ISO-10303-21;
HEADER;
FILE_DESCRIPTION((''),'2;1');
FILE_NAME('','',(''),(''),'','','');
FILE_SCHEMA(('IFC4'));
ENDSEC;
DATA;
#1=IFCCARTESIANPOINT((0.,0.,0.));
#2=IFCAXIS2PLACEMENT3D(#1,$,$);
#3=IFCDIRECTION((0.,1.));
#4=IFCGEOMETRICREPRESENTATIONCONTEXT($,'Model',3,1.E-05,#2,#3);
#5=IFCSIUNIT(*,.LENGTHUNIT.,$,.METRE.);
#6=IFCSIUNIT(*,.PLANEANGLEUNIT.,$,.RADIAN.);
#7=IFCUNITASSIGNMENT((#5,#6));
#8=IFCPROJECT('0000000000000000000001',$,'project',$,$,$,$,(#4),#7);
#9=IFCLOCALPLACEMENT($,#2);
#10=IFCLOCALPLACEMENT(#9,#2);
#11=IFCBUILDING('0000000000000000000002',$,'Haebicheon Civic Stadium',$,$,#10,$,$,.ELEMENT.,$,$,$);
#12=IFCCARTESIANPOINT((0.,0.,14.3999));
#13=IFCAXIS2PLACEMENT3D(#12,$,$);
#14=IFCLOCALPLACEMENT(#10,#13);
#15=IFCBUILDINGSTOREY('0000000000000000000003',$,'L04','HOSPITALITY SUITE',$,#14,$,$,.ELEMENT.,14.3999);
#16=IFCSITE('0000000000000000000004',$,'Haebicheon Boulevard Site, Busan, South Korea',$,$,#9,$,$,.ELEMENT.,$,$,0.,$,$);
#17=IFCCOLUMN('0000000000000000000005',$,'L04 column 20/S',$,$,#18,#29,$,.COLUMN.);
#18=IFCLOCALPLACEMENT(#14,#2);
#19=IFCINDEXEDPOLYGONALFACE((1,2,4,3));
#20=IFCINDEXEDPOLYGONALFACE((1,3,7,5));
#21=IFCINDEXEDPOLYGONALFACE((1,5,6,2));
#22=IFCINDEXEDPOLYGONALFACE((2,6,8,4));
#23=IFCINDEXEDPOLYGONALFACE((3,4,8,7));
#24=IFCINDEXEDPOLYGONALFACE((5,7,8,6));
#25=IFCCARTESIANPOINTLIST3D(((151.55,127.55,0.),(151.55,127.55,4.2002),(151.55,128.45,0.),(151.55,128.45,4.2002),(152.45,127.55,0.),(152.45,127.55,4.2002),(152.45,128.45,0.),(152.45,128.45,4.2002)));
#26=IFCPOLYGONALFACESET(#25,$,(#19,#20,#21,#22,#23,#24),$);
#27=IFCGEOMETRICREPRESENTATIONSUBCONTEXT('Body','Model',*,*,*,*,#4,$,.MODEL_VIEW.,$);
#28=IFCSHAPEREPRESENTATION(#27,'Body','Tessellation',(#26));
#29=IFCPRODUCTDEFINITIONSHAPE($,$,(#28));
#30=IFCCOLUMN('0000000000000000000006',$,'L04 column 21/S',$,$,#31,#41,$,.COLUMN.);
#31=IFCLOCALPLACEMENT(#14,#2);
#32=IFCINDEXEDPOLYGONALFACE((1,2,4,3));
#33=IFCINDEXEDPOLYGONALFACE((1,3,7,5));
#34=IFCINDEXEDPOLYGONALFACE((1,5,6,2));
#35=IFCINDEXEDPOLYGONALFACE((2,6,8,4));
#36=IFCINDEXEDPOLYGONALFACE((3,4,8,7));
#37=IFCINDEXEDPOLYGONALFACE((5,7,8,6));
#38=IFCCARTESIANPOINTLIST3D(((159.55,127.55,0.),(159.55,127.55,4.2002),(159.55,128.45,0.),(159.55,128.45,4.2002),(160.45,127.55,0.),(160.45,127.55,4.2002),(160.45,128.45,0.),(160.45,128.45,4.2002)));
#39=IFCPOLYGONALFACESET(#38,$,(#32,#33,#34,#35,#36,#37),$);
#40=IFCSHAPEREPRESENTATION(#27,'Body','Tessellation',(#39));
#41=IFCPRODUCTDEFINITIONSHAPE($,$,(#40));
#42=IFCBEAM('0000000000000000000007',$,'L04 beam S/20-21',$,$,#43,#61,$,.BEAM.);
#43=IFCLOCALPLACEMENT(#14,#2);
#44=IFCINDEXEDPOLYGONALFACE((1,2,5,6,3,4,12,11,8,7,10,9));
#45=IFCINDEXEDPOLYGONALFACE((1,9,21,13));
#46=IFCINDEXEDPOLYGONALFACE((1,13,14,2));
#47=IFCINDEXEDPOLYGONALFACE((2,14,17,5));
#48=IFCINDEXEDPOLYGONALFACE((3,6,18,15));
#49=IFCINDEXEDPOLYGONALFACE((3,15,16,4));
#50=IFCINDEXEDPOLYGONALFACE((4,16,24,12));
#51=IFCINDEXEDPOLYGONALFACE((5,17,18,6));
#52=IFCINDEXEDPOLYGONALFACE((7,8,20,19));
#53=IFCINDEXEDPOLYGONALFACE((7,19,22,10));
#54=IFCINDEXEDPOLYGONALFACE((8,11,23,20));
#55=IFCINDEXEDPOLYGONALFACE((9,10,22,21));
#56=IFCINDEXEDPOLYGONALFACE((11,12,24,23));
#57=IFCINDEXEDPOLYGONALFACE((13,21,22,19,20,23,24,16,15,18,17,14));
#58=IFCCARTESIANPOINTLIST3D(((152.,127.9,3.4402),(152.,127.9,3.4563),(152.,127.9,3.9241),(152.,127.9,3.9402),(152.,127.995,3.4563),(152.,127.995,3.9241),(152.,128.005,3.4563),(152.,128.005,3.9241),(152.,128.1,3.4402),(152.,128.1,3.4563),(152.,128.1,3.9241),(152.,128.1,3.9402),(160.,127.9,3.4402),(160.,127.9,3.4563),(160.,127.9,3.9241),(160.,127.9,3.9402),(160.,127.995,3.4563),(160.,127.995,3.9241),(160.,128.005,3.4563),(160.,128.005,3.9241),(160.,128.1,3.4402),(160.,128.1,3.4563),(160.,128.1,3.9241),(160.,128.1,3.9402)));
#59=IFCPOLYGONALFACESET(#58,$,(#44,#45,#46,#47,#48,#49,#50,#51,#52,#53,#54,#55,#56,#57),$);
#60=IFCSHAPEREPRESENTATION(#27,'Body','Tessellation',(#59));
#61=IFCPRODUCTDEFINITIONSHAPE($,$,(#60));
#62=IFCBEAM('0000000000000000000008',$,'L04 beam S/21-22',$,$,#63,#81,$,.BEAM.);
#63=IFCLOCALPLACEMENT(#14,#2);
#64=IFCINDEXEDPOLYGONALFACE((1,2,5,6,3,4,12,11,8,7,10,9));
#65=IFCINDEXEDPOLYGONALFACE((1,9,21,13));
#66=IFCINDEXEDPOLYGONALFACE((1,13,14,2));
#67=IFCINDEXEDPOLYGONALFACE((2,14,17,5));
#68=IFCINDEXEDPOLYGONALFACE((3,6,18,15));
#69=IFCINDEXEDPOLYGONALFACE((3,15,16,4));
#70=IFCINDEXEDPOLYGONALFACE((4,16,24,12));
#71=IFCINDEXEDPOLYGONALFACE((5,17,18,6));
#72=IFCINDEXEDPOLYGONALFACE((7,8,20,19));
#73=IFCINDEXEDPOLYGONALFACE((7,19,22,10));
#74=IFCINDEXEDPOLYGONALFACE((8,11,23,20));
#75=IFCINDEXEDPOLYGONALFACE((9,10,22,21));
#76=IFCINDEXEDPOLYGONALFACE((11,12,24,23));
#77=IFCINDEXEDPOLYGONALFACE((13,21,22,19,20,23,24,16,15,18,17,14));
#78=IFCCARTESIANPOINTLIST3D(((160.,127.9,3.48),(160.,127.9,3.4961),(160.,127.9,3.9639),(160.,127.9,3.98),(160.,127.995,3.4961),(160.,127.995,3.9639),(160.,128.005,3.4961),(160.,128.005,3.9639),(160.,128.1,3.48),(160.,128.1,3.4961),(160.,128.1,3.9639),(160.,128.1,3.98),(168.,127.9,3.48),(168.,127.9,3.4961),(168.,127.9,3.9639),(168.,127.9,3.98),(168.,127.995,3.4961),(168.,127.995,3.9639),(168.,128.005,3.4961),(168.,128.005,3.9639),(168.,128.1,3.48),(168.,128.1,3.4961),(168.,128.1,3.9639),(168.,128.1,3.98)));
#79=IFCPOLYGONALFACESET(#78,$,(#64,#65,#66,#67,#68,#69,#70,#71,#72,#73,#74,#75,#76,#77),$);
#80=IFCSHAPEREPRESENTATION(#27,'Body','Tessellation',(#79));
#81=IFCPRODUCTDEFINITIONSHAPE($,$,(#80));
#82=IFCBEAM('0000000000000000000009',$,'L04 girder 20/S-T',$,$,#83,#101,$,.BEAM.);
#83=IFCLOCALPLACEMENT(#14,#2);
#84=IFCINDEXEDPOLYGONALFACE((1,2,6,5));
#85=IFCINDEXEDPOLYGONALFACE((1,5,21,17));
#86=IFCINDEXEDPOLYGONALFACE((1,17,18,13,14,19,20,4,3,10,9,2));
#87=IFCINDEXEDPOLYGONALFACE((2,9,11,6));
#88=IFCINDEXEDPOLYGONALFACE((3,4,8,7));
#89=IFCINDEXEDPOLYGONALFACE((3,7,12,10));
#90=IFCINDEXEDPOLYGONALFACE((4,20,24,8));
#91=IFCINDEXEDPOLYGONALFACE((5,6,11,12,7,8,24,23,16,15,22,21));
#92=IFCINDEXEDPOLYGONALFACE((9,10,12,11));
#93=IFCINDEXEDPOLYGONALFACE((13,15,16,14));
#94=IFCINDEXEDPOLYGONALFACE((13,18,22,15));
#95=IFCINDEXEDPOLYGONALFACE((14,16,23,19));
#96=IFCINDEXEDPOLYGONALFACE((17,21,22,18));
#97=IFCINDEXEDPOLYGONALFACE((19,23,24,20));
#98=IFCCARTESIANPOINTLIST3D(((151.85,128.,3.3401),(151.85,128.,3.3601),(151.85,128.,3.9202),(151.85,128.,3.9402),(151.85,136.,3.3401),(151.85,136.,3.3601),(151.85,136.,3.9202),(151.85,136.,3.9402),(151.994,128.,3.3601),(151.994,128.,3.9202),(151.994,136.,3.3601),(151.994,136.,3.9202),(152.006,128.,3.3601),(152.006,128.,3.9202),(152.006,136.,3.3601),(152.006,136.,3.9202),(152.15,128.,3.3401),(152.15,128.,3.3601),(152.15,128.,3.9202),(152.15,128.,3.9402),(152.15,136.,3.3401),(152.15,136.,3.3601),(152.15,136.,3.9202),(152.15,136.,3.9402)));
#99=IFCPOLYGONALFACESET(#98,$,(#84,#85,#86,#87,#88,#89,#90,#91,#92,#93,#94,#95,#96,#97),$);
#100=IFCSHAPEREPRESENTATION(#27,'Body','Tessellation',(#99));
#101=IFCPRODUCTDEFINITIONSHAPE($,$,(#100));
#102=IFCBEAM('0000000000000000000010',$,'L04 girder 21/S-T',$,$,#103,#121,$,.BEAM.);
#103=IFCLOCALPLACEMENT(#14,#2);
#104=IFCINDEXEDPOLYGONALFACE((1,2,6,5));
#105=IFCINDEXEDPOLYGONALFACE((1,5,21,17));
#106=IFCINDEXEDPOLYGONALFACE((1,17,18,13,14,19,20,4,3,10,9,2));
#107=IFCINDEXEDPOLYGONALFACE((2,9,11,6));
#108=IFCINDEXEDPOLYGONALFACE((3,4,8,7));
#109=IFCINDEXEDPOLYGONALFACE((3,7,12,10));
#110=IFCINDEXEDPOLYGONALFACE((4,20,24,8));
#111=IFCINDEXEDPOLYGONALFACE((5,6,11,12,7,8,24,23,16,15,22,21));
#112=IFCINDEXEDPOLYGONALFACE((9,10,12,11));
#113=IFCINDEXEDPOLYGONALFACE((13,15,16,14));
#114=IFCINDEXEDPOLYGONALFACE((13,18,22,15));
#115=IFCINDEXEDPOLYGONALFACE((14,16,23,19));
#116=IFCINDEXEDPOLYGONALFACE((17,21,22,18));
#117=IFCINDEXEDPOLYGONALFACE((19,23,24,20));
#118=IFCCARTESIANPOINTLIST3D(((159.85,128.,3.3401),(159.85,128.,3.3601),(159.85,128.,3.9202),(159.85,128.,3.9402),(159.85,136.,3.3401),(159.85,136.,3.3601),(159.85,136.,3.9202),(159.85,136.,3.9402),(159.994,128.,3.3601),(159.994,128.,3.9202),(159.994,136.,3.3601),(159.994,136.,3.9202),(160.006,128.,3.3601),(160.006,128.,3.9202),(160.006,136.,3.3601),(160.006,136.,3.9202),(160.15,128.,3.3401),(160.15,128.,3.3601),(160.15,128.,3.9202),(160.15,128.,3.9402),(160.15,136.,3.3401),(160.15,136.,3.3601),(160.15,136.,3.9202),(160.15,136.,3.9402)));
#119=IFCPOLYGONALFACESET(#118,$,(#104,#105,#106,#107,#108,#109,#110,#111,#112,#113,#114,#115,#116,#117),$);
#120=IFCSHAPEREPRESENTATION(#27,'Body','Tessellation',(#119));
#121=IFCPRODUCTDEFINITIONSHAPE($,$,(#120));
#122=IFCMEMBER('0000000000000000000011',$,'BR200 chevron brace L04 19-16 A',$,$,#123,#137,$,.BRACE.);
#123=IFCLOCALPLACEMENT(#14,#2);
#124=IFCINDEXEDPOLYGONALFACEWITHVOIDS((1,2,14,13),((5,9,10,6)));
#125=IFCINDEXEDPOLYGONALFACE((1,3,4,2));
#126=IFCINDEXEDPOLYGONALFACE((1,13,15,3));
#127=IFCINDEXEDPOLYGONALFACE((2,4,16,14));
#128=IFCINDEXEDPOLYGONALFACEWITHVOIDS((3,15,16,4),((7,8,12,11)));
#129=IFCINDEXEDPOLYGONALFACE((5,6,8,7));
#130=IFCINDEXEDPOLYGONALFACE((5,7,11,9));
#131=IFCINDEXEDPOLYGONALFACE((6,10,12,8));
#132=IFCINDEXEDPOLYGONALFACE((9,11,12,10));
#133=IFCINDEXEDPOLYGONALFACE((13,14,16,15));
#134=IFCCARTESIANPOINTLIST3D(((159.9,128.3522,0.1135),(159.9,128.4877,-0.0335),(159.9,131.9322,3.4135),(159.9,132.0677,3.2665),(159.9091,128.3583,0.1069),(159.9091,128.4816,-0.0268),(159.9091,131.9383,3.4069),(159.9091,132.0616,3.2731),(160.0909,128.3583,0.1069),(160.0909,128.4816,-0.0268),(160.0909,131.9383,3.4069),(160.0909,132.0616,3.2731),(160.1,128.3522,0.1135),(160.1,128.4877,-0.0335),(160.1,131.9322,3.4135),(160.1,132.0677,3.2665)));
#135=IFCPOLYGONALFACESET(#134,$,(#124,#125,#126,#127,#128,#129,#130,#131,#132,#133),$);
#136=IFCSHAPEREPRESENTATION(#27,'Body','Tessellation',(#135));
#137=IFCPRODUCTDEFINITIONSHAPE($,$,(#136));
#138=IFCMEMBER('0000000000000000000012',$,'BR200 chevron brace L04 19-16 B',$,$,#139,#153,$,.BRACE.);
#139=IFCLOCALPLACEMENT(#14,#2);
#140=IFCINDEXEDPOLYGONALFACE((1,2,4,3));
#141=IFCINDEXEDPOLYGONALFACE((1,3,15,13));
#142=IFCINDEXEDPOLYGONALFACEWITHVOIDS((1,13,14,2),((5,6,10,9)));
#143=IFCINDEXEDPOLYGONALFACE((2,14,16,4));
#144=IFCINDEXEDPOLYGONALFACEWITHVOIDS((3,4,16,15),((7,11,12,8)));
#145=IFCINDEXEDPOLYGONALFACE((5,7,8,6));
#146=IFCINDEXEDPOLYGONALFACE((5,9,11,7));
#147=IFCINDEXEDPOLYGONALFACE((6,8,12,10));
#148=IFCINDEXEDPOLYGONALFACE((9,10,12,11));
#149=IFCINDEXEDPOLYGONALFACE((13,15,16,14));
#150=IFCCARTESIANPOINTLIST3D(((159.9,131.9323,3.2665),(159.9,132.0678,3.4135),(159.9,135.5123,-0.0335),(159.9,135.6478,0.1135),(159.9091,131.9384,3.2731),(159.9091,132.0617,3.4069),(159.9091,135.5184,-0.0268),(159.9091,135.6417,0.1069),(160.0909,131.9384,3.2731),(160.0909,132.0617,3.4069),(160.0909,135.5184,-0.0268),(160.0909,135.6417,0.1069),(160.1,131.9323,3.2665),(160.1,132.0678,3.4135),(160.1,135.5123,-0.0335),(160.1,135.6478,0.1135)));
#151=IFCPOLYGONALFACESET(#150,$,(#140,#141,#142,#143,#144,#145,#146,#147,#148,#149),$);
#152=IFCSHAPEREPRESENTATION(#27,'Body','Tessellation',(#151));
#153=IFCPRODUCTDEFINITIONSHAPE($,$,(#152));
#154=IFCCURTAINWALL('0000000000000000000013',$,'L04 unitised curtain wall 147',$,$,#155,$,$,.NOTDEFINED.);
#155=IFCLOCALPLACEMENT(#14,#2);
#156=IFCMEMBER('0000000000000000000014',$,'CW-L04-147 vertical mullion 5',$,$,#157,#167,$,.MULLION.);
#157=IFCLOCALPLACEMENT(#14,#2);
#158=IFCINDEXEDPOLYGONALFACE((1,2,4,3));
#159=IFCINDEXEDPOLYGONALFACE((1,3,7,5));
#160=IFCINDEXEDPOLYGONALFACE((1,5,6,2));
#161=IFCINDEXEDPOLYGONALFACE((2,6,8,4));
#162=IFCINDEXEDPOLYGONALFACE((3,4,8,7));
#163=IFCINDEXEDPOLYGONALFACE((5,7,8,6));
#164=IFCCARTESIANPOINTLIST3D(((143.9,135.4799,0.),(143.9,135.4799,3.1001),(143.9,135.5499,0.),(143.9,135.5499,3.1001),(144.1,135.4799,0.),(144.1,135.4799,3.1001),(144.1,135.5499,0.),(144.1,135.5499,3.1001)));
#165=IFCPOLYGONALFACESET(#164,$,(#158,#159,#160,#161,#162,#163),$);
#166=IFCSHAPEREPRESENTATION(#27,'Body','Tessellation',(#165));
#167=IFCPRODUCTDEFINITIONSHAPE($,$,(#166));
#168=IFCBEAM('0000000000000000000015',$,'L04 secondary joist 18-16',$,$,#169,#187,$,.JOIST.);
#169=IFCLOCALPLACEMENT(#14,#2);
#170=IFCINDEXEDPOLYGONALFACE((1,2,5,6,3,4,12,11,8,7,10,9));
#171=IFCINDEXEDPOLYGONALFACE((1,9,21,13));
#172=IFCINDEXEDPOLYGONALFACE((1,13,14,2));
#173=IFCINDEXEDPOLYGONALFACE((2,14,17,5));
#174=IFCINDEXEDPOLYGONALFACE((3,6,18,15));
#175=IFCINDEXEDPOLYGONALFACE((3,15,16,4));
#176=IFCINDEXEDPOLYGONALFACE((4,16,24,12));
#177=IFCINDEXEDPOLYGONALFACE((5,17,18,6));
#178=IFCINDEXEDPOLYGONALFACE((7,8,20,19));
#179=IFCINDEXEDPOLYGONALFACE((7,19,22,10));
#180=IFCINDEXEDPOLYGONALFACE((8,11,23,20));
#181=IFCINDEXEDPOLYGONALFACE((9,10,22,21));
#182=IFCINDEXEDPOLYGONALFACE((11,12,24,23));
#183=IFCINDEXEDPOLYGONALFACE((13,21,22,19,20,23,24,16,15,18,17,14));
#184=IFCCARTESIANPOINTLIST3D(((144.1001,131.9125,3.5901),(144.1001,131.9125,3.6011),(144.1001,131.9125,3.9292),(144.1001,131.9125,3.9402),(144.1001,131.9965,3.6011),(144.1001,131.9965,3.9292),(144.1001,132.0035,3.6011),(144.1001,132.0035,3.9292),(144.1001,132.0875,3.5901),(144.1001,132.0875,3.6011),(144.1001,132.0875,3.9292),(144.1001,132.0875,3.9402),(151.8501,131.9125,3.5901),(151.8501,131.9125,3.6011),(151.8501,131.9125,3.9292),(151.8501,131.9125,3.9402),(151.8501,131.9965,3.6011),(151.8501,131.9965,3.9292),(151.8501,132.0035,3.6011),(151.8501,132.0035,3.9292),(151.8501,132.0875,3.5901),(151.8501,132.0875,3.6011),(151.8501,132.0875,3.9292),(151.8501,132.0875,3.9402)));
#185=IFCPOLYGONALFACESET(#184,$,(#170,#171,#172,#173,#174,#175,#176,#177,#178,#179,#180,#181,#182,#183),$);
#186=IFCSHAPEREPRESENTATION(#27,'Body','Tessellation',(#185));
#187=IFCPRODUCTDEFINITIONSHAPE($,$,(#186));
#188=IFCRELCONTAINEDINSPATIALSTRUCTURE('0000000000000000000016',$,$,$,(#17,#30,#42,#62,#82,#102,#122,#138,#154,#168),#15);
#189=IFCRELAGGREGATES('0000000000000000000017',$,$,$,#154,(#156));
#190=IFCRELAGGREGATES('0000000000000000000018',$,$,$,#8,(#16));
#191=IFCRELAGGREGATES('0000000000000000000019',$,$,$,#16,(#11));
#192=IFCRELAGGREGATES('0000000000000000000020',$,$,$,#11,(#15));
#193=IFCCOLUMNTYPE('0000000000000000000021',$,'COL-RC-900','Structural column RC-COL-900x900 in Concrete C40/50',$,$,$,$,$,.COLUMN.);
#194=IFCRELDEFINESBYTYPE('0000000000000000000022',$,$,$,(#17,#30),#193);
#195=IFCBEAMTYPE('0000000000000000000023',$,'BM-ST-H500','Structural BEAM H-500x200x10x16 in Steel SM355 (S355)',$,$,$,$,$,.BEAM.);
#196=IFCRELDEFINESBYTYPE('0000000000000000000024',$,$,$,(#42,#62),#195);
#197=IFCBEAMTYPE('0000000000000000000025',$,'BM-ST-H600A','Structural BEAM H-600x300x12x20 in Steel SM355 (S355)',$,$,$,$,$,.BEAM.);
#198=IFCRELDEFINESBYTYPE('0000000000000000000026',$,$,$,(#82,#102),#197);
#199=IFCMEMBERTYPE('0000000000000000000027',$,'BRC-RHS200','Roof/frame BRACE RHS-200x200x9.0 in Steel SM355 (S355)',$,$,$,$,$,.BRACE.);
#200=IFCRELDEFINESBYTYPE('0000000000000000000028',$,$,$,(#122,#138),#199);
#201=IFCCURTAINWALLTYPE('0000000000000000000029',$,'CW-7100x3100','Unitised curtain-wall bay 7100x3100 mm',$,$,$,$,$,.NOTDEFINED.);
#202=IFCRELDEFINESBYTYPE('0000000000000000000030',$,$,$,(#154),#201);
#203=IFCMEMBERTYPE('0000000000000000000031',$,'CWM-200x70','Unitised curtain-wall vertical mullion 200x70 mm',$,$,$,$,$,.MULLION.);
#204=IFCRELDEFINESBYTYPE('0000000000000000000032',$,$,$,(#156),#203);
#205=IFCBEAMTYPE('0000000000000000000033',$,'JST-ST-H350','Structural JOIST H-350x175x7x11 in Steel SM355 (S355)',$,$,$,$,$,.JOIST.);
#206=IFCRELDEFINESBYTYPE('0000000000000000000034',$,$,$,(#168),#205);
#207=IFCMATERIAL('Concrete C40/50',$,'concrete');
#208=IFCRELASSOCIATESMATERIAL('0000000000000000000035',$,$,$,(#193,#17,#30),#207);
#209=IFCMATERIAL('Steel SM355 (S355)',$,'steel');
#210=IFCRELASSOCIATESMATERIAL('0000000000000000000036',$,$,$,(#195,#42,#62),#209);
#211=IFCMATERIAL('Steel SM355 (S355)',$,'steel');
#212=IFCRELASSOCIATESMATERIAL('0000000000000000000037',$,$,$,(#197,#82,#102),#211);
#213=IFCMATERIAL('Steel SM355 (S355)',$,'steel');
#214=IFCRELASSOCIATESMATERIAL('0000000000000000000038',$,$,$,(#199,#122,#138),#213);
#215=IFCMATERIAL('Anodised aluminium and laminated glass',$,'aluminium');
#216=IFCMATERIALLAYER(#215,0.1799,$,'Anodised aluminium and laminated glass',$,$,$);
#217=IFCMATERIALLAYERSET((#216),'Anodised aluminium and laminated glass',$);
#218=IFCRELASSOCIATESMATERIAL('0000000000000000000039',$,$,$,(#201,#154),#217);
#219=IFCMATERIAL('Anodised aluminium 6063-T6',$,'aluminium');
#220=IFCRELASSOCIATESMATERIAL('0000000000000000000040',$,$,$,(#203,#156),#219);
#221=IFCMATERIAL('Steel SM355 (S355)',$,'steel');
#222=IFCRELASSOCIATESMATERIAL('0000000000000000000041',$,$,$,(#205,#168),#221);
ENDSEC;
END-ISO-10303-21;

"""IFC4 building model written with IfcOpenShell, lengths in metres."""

from ifc_helpers import new_model, si_unit, direction, frame, origin, origin_2d, place, context, subcontext, project, spatial, rectangle, hollow_rectangle, i_section, extrude, material, layer, layer_set, material_profile, profile_set, type_object, element, aggregate, save


model = new_model("IFC4")

# Units and contexts
model_context = context("Model", 3, precision=1e-05, world=origin(), true_north=direction((0.0, 1.0)))
body_context = subcontext(model_context, "Body", "Model", "MODEL_VIEW")
ifc_project = project(units=[si_unit("LENGTHUNIT", "METRE"), si_unit("PLANEANGLEUNIT", "RADIAN")], contexts=[model_context])

# Site, building, storey
site_placement = place(None, origin())
site = spatial("IfcSite", under=ifc_project, at=site_placement, Name="Haebicheon Boulevard Site, Busan, South Korea", CompositionType="ELEMENT", RefElevation=0.0)
building_placement = place(site_placement, origin())
building = spatial("IfcBuilding", under=site, at=building_placement, Name="Haebicheon Civic Stadium", CompositionType="ELEMENT")
storey_placement = place(building_placement, frame((0.0, 0.0, 14.3999)))
storey = spatial("IfcBuildingStorey", under=building, at=storey_placement, Name="L04", Description="HOSPITALITY SUITE", CompositionType="ELEMENT", Elevation=14.3999)

# Columns
ifc_material_1 = material(Name="Concrete C40/50", Category="concrete")
ifc_material_profile_1 = material_profile(ifc_material_1, rectangle(XDim=0.8999, YDim=0.8999, at=origin_2d()), Name="RC-COL-900x900")
ifc_profile_set_1 = profile_set([ifc_material_profile_1], Name="Concrete C40/50")
column_type = type_object("IfcColumnType", Name="COL-RC-900", Description="Structural column RC-COL-900x900 in Concrete C40/50", PredefinedType="COLUMN", material=ifc_profile_set_1)
for number, where, z_axis, x_axis, name in (
    (1, (152.0, 128.0, 0.0), (0.0, 0.0, 1.0), (1.0, 0.0, 0.0), "L04 column 20/S"),
    (2, (160.0, 128.0, 0.0), (0.0, 0.0, 1.0), (1.0, 0.0, 0.0), "L04 column 21/S"),
):
    element("IfcColumn", number, at=place(storey_placement, frame(where, z_axis=z_axis, x_axis=x_axis)), inside=storey, type_object=column_type, material=ifc_profile_set_1, Name=name, PredefinedType="COLUMN", context=body_context, shape_type="SweptSolid", body=[
        extrude(rectangle(XDim=0.8999, YDim=0.8999, at=origin_2d()), origin(), (0.0, 0.0, 1.0), 4.2002),
    ])

# Beams
ifc_material_2 = material(Name="Steel SM355 (S355)", Category="steel")
ifc_material_profile_2 = material_profile(ifc_material_2, i_section(OverallWidth=0.2, OverallDepth=0.5, WebThickness=0.01, FlangeThickness=0.0161, at=origin_2d()), Name="H-500x200x10x16")
ifc_profile_set_2 = profile_set([ifc_material_profile_2], Name="Steel SM355 (S355)")
beam_type_1 = type_object("IfcBeamType", Name="BM-ST-H500", Description="Structural BEAM H-500x200x10x16 in Steel SM355 (S355)", PredefinedType="BEAM", material=ifc_profile_set_2)
for number, where, z_axis, x_axis, name in (
    (3, (152.0, 128.0, 3.6902), (1.0, 0.0, 0.0), (0.0, 1.0, 0.0), "L04 beam S/20-21"),
    (4, (160.0, 128.0, 3.73), (1.0, 0.0, 0.0), (0.0, 1.0, 0.0), "L04 beam S/21-22"),
):
    element("IfcBeam", number, at=place(storey_placement, frame(where, z_axis=z_axis, x_axis=x_axis)), inside=storey, type_object=beam_type_1, material=ifc_profile_set_2, Name=name, PredefinedType="BEAM", context=body_context, shape_type="SweptSolid", body=[
        extrude(i_section(OverallWidth=0.2, OverallDepth=0.5, WebThickness=0.01, FlangeThickness=0.0161, at=origin_2d()), origin(), (0.0, 0.0, 1.0), 8.0),
    ])
ifc_material_3 = material(Name="Steel SM355 (S355)", Category="steel")
ifc_material_profile_3 = material_profile(ifc_material_3, i_section(OverallWidth=0.3, OverallDepth=0.6001, WebThickness=0.012, FlangeThickness=0.02, at=origin_2d()), Name="H-600x300x12x20")
ifc_profile_set_3 = profile_set([ifc_material_profile_3], Name="Steel SM355 (S355)")
beam_type_2 = type_object("IfcBeamType", Name="BM-ST-H600A", Description="Structural BEAM H-600x300x12x20 in Steel SM355 (S355)", PredefinedType="BEAM", material=ifc_profile_set_3)
for number, where, z_axis, x_axis, name in (
    (5, (152.0, 128.0, 3.6401), (0.0, 1.0, 0.0), (-1.0, 0.0, 0.0), "L04 girder 20/S-T"),
    (6, (160.0, 128.0, 3.6401), (0.0, 1.0, 0.0), (-1.0, 0.0, 0.0), "L04 girder 21/S-T"),
):
    element("IfcBeam", number, at=place(storey_placement, frame(where, z_axis=z_axis, x_axis=x_axis)), inside=storey, type_object=beam_type_2, material=ifc_profile_set_3, Name=name, PredefinedType="BEAM", context=body_context, shape_type="SweptSolid", body=[
        extrude(i_section(OverallWidth=0.3, OverallDepth=0.6001, WebThickness=0.012, FlangeThickness=0.02, at=origin_2d()), origin(), (0.0, 0.0, 1.0), 8.0),
    ])

# Members
ifc_material_4 = material(Name="Steel SM355 (S355)", Category="steel")
ifc_material_profile_4 = material_profile(ifc_material_4, hollow_rectangle(XDim=0.2, YDim=0.2, WallThickness=0.009, at=origin_2d()), Name="RHS-200x200x9.0")
ifc_profile_set_4 = profile_set([ifc_material_profile_4], Name="Steel SM355 (S355)")
member_type_1 = type_object("IfcMemberType", Name="BRC-RHS200", Description="Roof/frame BRACE RHS-200x200x9.0 in Steel SM355 (S355)", PredefinedType="BRACE", material=ifc_profile_set_4)
for number, where, z_axis, x_axis, name in (
    (7, (160.0, 128.4199, 0.04), (0.0, 0.735278, 0.677766), (-1.0, 0.0, 0.0), "BR200 chevron brace L04 19-16 A"),
    (8, (160.0, 135.5801, 0.04), (0.0, -0.735278, 0.677766), (1.0, 0.0, 0.0), "BR200 chevron brace L04 19-16 B"),
):
    element("IfcMember", number, at=place(storey_placement, frame(where, z_axis=z_axis, x_axis=x_axis)), inside=storey, type_object=member_type_1, material=ifc_profile_set_4, Name=name, PredefinedType="BRACE", context=body_context, shape_type="SweptSolid", body=[
        extrude(hollow_rectangle(XDim=0.2, YDim=0.2, WallThickness=0.009, at=origin_2d()), origin(), (0.0, 0.0, 1.0), 4.8689),
    ])

# Curtain wall, member
ifc_material_5 = material(Name="Anodised aluminium and laminated glass", Category="aluminium")
ifc_layer_1 = layer(ifc_material_5, 0.1799, Name="Anodised aluminium and laminated glass")
ifc_layer_set_1 = layer_set([ifc_layer_1], Name="Anodised aluminium and laminated glass")
curtain_wall_type = type_object("IfcCurtainWallType", Name="CW-7100x3100", Description="Unitised curtain-wall bay 7100x3100 mm", PredefinedType="NOTDEFINED", material=ifc_layer_set_1)
curtain_wall_placement = place(storey_placement, origin())
curtain_wall = element("IfcCurtainWall", 9, at=curtain_wall_placement, inside=storey, type_object=curtain_wall_type, material=ifc_layer_set_1, Name="L04 unitised curtain wall 147", PredefinedType="NOTDEFINED")
ifc_material_6 = material(Name="Anodised aluminium 6063-T6", Category="aluminium")
ifc_material_profile_5 = material_profile(ifc_material_6, rectangle(XDim=0.0701, YDim=0.2, at=origin_2d()), Name="ALU-MULL-70x200")
ifc_profile_set_5 = profile_set([ifc_material_profile_5], Name="Anodised aluminium 6063-T6")
member_type_2 = type_object("IfcMemberType", Name="CWM-200x70", Description="Unitised curtain-wall vertical mullion 200x70 mm", PredefinedType="MULLION", material=ifc_profile_set_5)
member_placement = place(storey_placement, frame((144.0, 135.5149, 0.0), z_axis=(0.0, 0.0, 1.0), x_axis=(0.0, 1.0, 0.0)))
member = element("IfcMember", 10, at=member_placement, type_object=member_type_2, material=ifc_profile_set_5, Name="CW-L04-147 vertical mullion 5", PredefinedType="MULLION", context=body_context, shape_type="SweptSolid", body=[
    extrude(rectangle(XDim=0.0701, YDim=0.2, at=origin_2d()), origin(), (0.0, 0.0, 1.0), 3.1001),
])

# Beam
ifc_material_7 = material(Name="Steel SM355 (S355)", Category="steel")
ifc_material_profile_6 = material_profile(ifc_material_7, i_section(OverallWidth=0.175, OverallDepth=0.3501, WebThickness=0.0071, FlangeThickness=0.011, at=origin_2d()), Name="H-350x175x7x11")
ifc_profile_set_6 = profile_set([ifc_material_profile_6], Name="Steel SM355 (S355)")
beam_type_3 = type_object("IfcBeamType", Name="JST-ST-H350", Description="Structural JOIST H-350x175x7x11 in Steel SM355 (S355)", PredefinedType="JOIST", material=ifc_profile_set_6)
beam_placement = place(storey_placement, frame((144.1001, 132.0, 3.7651), z_axis=(1.0, 0.0, 0.0), x_axis=(0.0, 1.0, 0.0)))
element("IfcBeam", 11, at=beam_placement, inside=storey, type_object=beam_type_3, material=ifc_profile_set_6, Name="L04 secondary joist 18-16", PredefinedType="JOIST", context=body_context, shape_type="SweptSolid", body=[
    extrude(i_section(OverallWidth=0.175, OverallDepth=0.3501, WebThickness=0.0071, FlangeThickness=0.011, at=origin_2d()), origin(), (0.0, 0.0, 1.0), 7.75),
])

aggregate(curtain_wall, [member])

save(model, "model.ifc")
